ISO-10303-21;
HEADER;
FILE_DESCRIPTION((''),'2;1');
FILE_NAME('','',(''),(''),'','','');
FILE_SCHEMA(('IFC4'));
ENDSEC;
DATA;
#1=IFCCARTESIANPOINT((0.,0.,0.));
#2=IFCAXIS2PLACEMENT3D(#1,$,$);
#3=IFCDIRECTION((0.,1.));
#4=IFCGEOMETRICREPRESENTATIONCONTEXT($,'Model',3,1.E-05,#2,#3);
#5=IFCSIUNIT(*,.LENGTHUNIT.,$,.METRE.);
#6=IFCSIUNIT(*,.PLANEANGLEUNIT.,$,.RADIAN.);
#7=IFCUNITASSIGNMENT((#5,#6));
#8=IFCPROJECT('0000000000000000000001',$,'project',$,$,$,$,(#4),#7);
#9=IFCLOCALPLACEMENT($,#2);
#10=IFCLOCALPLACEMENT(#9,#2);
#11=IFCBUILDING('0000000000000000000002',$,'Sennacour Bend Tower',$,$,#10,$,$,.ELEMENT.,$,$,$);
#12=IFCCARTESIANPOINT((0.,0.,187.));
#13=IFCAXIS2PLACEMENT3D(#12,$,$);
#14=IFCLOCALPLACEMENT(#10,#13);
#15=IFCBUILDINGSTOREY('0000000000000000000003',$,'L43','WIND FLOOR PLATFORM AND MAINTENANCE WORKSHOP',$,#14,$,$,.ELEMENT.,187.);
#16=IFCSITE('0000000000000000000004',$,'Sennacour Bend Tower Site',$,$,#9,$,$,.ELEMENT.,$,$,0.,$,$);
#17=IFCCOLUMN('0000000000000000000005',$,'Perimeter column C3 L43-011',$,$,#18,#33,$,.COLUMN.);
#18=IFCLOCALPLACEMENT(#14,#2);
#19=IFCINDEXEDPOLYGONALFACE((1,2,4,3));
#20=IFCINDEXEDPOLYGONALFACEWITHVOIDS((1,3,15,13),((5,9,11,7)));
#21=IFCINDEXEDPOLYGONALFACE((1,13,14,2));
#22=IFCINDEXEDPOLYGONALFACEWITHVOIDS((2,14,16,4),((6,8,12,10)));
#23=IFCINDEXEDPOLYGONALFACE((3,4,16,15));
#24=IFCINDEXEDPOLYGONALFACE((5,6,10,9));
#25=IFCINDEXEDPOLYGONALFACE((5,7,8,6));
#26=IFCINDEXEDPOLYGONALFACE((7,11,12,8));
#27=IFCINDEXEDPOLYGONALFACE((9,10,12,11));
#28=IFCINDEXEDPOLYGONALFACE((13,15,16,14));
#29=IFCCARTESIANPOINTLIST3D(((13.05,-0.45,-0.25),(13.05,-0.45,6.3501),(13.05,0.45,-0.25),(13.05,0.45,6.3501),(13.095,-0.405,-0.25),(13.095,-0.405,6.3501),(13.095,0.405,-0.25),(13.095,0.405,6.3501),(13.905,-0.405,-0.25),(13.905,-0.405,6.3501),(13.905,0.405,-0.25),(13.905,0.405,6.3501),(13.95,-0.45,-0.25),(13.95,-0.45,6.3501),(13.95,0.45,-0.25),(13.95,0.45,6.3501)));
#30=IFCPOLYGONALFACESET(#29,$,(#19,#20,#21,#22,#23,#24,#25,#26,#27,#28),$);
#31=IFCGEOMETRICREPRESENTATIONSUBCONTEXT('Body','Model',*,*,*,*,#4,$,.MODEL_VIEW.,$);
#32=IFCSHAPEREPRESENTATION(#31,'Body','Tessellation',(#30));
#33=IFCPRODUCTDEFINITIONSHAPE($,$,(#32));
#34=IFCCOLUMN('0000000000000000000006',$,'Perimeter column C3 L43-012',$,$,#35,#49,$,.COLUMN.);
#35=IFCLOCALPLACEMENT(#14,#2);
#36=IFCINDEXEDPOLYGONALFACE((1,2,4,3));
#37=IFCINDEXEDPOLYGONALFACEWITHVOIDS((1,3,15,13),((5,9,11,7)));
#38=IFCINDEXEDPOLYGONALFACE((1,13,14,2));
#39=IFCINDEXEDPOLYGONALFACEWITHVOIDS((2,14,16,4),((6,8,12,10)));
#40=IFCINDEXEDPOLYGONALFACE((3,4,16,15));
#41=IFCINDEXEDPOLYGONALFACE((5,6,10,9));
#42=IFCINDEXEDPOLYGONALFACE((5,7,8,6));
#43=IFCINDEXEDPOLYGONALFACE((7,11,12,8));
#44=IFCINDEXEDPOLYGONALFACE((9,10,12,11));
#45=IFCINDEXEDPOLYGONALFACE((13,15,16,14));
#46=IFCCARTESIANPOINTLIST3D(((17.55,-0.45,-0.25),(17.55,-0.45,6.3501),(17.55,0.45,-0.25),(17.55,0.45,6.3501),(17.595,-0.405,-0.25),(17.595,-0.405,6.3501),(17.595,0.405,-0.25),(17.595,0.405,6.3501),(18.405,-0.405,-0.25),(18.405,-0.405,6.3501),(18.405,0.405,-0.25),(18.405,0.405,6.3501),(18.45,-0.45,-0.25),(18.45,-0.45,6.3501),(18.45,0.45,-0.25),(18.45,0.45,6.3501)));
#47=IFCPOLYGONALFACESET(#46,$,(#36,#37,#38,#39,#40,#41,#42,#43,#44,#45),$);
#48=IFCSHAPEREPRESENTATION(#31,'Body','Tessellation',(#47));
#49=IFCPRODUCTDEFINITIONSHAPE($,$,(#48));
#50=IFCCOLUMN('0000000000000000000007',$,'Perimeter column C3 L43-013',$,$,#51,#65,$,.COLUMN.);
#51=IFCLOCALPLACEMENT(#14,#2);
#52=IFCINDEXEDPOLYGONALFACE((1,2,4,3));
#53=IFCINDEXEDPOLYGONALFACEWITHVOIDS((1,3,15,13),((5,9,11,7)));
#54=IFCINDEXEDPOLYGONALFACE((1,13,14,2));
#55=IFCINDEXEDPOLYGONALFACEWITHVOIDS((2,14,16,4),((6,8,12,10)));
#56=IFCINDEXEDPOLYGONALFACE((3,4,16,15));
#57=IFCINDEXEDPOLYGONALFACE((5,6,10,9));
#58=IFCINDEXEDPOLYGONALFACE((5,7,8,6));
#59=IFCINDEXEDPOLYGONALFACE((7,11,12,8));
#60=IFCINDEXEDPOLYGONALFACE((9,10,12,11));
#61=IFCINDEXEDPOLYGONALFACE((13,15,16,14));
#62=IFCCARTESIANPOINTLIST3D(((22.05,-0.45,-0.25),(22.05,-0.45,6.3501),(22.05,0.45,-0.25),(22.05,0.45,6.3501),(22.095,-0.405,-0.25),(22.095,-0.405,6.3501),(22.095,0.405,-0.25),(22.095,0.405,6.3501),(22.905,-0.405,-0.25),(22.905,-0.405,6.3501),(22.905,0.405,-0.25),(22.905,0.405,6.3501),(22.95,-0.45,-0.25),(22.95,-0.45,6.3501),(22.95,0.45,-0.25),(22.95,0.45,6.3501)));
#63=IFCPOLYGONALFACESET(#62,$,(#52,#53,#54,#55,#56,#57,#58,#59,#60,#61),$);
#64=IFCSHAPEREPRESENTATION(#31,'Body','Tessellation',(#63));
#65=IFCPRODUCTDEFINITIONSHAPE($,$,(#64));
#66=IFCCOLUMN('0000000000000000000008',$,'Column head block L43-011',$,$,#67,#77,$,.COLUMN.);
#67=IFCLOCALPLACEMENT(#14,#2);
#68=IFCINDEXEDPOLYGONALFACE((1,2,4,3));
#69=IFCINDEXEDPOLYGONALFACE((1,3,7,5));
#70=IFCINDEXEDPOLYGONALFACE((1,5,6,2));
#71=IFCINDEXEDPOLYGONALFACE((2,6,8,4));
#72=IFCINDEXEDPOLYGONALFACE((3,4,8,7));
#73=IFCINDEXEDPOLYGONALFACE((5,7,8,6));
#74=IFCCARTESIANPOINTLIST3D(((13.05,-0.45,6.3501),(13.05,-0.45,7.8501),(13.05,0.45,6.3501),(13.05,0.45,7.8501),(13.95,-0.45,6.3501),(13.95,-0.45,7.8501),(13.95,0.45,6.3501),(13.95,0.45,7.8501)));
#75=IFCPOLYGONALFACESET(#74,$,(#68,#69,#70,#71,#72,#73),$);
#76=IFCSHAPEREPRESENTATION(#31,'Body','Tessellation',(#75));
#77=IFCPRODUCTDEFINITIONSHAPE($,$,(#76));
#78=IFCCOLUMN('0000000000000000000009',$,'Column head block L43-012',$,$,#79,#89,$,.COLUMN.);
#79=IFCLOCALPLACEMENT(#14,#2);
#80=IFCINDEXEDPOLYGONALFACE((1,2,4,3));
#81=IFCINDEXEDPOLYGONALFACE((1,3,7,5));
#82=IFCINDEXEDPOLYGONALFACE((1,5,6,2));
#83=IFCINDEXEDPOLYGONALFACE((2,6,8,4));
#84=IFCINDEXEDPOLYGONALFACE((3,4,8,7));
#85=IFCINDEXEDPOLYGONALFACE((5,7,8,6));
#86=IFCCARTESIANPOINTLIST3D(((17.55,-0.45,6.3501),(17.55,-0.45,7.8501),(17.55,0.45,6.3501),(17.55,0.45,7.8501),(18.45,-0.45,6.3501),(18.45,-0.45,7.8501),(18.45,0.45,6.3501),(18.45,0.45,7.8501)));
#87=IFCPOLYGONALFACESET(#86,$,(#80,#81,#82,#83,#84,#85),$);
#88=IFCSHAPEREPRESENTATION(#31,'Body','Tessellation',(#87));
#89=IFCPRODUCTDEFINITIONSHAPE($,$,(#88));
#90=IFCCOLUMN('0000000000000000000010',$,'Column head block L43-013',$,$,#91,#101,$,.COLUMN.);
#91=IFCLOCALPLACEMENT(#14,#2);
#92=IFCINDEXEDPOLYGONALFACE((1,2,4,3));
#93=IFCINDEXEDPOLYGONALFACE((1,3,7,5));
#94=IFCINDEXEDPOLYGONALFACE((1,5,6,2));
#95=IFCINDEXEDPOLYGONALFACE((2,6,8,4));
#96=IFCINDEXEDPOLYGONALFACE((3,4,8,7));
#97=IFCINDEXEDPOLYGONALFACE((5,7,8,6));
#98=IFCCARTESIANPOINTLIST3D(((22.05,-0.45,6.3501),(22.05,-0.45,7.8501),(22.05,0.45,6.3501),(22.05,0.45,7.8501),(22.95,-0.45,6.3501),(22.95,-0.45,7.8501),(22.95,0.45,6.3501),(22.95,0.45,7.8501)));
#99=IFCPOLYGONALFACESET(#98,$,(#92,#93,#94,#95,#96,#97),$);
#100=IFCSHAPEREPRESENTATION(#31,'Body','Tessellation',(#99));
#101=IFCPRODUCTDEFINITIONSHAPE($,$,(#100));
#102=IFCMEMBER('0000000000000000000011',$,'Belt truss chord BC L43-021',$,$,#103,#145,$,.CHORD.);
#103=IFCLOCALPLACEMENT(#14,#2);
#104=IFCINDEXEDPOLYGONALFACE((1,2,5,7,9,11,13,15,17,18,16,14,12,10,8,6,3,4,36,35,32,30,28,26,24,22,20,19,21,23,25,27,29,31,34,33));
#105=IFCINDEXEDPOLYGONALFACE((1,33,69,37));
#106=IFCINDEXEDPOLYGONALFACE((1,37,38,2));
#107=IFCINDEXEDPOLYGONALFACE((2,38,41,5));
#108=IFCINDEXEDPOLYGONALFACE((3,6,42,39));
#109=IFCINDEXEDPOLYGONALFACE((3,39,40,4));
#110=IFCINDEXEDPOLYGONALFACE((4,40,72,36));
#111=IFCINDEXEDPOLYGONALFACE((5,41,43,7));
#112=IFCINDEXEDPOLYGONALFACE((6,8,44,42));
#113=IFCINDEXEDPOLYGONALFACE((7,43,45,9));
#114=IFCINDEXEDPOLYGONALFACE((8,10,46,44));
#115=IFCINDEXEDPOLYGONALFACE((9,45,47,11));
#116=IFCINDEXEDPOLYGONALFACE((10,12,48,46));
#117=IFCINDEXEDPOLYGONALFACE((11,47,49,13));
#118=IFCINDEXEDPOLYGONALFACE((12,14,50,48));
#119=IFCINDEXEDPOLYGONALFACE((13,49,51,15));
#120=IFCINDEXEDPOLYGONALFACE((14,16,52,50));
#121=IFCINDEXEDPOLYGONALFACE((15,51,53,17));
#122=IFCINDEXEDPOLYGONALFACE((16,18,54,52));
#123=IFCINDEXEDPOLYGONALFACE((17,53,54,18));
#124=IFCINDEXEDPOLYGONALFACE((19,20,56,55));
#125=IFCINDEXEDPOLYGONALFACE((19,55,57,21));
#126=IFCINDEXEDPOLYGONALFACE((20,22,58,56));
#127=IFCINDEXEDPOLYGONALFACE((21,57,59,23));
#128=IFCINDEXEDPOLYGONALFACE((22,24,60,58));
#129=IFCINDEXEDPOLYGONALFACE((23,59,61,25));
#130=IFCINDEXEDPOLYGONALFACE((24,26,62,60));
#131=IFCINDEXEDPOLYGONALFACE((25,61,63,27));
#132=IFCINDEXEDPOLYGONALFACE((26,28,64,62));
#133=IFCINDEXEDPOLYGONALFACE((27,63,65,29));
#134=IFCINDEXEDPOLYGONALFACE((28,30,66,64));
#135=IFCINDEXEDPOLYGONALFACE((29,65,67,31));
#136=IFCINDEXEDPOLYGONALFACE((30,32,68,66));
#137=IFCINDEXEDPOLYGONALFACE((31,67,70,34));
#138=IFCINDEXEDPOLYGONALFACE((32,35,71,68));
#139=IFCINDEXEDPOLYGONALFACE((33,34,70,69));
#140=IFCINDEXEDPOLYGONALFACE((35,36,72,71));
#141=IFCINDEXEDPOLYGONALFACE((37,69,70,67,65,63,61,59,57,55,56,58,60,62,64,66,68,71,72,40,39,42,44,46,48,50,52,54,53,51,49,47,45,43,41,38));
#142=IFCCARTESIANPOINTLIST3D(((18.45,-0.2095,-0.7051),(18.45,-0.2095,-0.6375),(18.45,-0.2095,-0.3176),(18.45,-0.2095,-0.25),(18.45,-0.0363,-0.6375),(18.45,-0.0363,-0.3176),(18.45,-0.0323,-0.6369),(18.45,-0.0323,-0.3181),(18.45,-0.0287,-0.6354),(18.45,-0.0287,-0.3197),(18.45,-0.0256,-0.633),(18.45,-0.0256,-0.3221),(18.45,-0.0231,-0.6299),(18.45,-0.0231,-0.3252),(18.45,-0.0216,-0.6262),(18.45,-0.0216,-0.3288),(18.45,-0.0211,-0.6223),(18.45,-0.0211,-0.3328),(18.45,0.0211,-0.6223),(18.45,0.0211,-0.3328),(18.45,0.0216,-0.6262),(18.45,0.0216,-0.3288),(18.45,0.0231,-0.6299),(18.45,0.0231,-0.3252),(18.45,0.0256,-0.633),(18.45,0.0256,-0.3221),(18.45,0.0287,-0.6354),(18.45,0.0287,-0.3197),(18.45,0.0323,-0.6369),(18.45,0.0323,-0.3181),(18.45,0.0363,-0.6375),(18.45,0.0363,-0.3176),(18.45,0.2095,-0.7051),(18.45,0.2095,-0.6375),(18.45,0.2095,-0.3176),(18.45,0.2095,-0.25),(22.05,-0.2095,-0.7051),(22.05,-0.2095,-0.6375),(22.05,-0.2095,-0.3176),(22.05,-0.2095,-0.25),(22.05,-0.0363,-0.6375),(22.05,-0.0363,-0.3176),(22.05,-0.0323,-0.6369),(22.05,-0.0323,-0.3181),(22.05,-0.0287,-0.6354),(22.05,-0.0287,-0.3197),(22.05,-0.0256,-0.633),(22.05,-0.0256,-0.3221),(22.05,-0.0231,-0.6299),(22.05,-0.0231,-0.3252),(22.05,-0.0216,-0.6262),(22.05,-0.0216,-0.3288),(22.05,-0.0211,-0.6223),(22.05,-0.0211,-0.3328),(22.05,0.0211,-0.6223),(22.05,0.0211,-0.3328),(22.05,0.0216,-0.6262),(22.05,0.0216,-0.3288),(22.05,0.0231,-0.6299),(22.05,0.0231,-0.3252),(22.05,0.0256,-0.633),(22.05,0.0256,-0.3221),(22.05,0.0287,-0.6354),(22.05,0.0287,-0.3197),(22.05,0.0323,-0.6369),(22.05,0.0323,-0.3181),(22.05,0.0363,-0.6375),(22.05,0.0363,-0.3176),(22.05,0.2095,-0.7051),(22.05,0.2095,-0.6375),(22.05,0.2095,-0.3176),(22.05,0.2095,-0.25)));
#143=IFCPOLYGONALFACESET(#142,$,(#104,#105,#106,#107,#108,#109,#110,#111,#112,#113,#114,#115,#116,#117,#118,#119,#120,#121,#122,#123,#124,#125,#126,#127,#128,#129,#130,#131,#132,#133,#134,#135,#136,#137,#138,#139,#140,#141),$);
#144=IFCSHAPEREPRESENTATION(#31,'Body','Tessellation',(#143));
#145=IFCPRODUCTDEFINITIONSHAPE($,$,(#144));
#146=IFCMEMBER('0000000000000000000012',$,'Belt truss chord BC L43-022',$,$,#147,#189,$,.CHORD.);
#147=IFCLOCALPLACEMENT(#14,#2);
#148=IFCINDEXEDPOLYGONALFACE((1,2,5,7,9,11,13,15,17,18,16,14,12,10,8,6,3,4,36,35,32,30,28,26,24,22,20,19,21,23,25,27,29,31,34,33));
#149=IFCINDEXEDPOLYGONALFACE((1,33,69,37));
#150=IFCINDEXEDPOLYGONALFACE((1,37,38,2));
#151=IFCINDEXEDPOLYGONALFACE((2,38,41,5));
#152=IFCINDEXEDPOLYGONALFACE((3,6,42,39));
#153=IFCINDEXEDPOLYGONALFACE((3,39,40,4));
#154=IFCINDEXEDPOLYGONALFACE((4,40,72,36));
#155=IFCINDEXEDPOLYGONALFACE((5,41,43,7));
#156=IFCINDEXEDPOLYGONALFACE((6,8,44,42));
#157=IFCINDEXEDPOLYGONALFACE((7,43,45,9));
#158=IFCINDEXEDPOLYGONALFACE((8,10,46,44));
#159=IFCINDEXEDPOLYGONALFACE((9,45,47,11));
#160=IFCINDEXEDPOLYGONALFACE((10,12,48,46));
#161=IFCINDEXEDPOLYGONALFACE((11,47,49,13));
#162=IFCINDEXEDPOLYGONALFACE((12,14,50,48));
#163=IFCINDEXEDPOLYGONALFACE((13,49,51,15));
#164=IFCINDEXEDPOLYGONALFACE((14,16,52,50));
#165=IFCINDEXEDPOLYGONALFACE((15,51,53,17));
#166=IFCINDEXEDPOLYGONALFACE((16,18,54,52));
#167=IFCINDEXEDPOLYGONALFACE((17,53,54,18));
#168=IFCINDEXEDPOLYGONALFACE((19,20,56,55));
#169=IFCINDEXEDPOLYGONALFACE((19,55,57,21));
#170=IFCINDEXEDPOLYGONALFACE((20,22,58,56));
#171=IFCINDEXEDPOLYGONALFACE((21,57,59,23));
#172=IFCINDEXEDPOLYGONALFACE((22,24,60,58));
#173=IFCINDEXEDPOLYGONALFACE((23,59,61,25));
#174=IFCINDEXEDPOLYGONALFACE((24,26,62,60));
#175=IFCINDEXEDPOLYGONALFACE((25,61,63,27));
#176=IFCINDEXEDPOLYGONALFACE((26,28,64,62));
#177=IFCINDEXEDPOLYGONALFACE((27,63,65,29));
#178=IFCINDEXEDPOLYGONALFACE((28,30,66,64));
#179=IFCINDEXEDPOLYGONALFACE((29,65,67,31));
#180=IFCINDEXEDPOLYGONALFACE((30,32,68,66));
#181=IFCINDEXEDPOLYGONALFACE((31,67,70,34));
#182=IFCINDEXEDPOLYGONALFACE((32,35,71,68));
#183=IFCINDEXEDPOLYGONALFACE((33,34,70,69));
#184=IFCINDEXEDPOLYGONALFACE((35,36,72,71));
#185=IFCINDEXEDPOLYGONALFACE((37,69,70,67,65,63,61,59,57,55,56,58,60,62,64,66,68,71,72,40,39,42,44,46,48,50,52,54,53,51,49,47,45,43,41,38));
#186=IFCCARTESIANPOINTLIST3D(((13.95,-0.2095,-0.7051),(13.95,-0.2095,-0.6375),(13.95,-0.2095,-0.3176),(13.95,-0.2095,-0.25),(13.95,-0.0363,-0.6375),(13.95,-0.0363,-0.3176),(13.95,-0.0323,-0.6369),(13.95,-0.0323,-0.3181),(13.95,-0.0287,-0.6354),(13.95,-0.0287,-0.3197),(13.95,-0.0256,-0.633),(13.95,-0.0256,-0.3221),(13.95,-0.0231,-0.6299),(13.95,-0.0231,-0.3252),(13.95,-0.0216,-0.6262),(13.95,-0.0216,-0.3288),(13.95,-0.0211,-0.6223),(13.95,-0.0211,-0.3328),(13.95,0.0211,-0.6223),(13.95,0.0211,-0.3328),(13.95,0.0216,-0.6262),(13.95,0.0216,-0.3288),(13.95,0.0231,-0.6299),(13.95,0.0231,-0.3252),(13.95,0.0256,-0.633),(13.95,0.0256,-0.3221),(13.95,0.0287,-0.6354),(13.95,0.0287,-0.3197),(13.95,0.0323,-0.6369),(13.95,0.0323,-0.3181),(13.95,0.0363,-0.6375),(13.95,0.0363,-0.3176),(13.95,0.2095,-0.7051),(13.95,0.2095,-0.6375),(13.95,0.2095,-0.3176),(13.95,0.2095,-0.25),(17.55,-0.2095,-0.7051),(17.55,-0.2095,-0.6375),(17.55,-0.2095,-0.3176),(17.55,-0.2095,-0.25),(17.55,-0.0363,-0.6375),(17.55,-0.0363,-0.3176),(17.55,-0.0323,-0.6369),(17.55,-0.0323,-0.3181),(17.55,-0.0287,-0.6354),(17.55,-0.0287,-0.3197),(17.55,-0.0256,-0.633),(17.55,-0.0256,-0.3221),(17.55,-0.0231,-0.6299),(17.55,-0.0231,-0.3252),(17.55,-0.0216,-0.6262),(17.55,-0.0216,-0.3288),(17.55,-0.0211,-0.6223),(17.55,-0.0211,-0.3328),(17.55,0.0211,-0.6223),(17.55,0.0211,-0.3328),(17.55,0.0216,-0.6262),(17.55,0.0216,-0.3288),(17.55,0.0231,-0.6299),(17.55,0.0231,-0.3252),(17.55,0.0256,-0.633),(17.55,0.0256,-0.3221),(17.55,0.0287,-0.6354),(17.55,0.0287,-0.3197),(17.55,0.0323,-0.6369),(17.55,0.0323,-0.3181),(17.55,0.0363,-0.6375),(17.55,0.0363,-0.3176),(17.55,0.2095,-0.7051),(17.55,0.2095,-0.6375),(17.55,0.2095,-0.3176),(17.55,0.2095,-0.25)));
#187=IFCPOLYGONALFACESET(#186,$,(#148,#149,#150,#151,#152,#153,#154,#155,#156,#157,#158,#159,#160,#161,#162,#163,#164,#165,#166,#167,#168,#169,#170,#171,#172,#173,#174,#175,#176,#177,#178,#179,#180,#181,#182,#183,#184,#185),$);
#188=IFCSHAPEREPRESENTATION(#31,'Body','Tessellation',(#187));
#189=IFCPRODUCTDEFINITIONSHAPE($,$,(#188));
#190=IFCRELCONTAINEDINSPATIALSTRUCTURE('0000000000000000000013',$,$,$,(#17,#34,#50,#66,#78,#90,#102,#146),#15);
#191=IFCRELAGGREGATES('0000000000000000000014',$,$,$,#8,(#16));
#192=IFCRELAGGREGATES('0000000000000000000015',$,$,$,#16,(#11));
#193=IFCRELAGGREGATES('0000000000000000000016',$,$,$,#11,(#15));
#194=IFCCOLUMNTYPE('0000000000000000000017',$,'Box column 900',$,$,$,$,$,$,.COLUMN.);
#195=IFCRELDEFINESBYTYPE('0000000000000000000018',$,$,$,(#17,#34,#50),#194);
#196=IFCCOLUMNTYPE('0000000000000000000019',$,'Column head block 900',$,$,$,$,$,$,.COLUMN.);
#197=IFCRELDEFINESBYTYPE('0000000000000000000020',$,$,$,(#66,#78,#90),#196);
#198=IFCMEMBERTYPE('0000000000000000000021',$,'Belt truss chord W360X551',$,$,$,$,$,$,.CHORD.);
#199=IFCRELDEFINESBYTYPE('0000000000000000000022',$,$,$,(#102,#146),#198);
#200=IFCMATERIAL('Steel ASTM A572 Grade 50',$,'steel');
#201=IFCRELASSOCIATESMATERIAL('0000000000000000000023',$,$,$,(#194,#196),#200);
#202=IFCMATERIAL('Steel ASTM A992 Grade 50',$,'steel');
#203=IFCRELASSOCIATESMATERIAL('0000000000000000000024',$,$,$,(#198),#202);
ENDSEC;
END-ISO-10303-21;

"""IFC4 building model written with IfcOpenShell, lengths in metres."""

from ifc_helpers import new_model, si_unit, direction, frame, origin, origin_2d, place, context, subcontext, project, spatial, rectangle, hollow_rectangle, i_section, extrude, material, material_profile, profile_set, type_object, element, save


model = new_model("IFC4")

# Units and contexts
model_context = context("Model", 3, precision=1e-05, world=origin(), true_north=direction((0.0, 1.0)))
body_context = subcontext(model_context, "Body", "Model", "MODEL_VIEW")
ifc_project = project(units=[si_unit("LENGTHUNIT", "METRE"), si_unit("PLANEANGLEUNIT", "RADIAN")], contexts=[model_context])

# Site, building, storey
site_placement = place(None, origin())
site = spatial("IfcSite", under=ifc_project, at=site_placement, Name="Sennacour Bend Tower Site", CompositionType="ELEMENT", RefElevation=0.0)
building_placement = place(site_placement, origin())
building = spatial("IfcBuilding", under=site, at=building_placement, Name="Sennacour Bend Tower", CompositionType="ELEMENT")
storey_placement = place(building_placement, frame((0.0, 0.0, 187.0)))
storey = spatial("IfcBuildingStorey", under=building, at=storey_placement, Name="L43", Description="WIND FLOOR PLATFORM AND MAINTENANCE WORKSHOP", CompositionType="ELEMENT", Elevation=187.0)

# Columns
ifc_material_1 = material(Name="Steel ASTM A572 Grade 50", Category="steel")
ifc_material_profile_1 = material_profile(ifc_material_1, hollow_rectangle(XDim=0.8999, YDim=0.8999, WallThickness=0.0449, at=origin_2d()), Name="Steel ASTM A572 Grade 50", Category="steel")
ifc_profile_set_1 = profile_set([ifc_material_profile_1], Name="Steel ASTM A572 Grade 50")
column_type_1 = type_object("IfcColumnType", Name="Box column 900", PredefinedType="COLUMN", material=ifc_profile_set_1)
for number, where, z_axis, x_axis, name in (
    (1, (13.5, 0.0, -0.25), (0.0, 0.0, 1.0), (1.0, 0.0, 0.0), "Perimeter column C3 L43-011"),
    (2, (18.0, 0.0, -0.25), (0.0, 0.0, 1.0), (1.0, 0.0, 0.0), "Perimeter column C3 L43-012"),
    (3, (22.5, 0.0, -0.25), (0.0, 0.0, 1.0), (1.0, 0.0, 0.0), "Perimeter column C3 L43-013"),
):
    element("IfcColumn", number, at=place(storey_placement, frame(where, z_axis=z_axis, x_axis=x_axis)), inside=storey, type_object=column_type_1, Name=name, PredefinedType="COLUMN", context=body_context, shape_type="SweptSolid", body=[
        extrude(hollow_rectangle(XDim=0.8999, YDim=0.8999, WallThickness=0.0449, at=origin_2d()), origin(), (0.0, 0.0, 1.0), 6.6001),
    ])
ifc_material_profile_2 = material_profile(ifc_material_1, rectangle(XDim=0.8999, YDim=0.8999, at=origin_2d()), Name="Steel ASTM A572 Grade 50", Category="steel")
ifc_profile_set_2 = profile_set([ifc_material_profile_2], Name="Steel ASTM A572 Grade 50")
column_type_2 = type_object("IfcColumnType", Name="Column head block 900", PredefinedType="COLUMN", material=ifc_profile_set_2)
for number, where, z_axis, x_axis, name in (
    (4, (13.5, 0.0, 6.3501), (0.0, 0.0, 1.0), (1.0, 0.0, 0.0), "Column head block L43-011"),
    (5, (18.0, 0.0, 6.3501), (0.0, 0.0, 1.0), (1.0, 0.0, 0.0), "Column head block L43-012"),
    (6, (22.5, 0.0, 6.3501), (0.0, 0.0, 1.0), (1.0, 0.0, 0.0), "Column head block L43-013"),
):
    element("IfcColumn", number, at=place(storey_placement, frame(where, z_axis=z_axis, x_axis=x_axis)), inside=storey, type_object=column_type_2, Name=name, PredefinedType="COLUMN", context=body_context, shape_type="SweptSolid", body=[
        extrude(rectangle(XDim=0.8999, YDim=0.8999, at=origin_2d()), origin(), (0.0, 0.0, 1.0), 1.5),
    ])

# Members
ifc_material_2 = material(Name="Steel ASTM A992 Grade 50", Category="steel")
ifc_material_profile_3 = material_profile(ifc_material_2, i_section(OverallWidth=0.4189, OverallDepth=0.4551, WebThickness=0.0422, FlangeThickness=0.0676, FilletRadius=0.0151, at=origin_2d()), Name="Steel ASTM A992 Grade 50", Category="steel")
ifc_profile_set_3 = profile_set([ifc_material_profile_3], Name="Steel ASTM A992 Grade 50")
member_type_1 = type_object("IfcMemberType", Name="Belt truss chord W360X551", PredefinedType="CHORD", material=ifc_profile_set_3)
for number, where, z_axis, x_axis, name in (
    (7, (22.05, 0.0, -0.4775), (-1.0, 0.0, 0.0), (0.0, -1.0, 0.0), "Belt truss chord BC L43-021"),
    (8, (17.55, 0.0, -0.4775), (-1.0, 0.0, 0.0), (0.0, -1.0, 0.0), "Belt truss chord BC L43-022"),
):
    element("IfcMember", number, at=place(storey_placement, frame(where, z_axis=z_axis, x_axis=x_axis)), inside=storey, type_object=member_type_1, Name=name, PredefinedType="CHORD", context=body_context, shape_type="SweptSolid", body=[
        extrude(i_section(OverallWidth=0.4189, OverallDepth=0.4551, WebThickness=0.0422, FlangeThickness=0.0676, FilletRadius=0.0151, at=origin_2d()), origin(), (0.0, 0.0, 1.0), 3.6001),
    ])

save(model, "model.ifc")
